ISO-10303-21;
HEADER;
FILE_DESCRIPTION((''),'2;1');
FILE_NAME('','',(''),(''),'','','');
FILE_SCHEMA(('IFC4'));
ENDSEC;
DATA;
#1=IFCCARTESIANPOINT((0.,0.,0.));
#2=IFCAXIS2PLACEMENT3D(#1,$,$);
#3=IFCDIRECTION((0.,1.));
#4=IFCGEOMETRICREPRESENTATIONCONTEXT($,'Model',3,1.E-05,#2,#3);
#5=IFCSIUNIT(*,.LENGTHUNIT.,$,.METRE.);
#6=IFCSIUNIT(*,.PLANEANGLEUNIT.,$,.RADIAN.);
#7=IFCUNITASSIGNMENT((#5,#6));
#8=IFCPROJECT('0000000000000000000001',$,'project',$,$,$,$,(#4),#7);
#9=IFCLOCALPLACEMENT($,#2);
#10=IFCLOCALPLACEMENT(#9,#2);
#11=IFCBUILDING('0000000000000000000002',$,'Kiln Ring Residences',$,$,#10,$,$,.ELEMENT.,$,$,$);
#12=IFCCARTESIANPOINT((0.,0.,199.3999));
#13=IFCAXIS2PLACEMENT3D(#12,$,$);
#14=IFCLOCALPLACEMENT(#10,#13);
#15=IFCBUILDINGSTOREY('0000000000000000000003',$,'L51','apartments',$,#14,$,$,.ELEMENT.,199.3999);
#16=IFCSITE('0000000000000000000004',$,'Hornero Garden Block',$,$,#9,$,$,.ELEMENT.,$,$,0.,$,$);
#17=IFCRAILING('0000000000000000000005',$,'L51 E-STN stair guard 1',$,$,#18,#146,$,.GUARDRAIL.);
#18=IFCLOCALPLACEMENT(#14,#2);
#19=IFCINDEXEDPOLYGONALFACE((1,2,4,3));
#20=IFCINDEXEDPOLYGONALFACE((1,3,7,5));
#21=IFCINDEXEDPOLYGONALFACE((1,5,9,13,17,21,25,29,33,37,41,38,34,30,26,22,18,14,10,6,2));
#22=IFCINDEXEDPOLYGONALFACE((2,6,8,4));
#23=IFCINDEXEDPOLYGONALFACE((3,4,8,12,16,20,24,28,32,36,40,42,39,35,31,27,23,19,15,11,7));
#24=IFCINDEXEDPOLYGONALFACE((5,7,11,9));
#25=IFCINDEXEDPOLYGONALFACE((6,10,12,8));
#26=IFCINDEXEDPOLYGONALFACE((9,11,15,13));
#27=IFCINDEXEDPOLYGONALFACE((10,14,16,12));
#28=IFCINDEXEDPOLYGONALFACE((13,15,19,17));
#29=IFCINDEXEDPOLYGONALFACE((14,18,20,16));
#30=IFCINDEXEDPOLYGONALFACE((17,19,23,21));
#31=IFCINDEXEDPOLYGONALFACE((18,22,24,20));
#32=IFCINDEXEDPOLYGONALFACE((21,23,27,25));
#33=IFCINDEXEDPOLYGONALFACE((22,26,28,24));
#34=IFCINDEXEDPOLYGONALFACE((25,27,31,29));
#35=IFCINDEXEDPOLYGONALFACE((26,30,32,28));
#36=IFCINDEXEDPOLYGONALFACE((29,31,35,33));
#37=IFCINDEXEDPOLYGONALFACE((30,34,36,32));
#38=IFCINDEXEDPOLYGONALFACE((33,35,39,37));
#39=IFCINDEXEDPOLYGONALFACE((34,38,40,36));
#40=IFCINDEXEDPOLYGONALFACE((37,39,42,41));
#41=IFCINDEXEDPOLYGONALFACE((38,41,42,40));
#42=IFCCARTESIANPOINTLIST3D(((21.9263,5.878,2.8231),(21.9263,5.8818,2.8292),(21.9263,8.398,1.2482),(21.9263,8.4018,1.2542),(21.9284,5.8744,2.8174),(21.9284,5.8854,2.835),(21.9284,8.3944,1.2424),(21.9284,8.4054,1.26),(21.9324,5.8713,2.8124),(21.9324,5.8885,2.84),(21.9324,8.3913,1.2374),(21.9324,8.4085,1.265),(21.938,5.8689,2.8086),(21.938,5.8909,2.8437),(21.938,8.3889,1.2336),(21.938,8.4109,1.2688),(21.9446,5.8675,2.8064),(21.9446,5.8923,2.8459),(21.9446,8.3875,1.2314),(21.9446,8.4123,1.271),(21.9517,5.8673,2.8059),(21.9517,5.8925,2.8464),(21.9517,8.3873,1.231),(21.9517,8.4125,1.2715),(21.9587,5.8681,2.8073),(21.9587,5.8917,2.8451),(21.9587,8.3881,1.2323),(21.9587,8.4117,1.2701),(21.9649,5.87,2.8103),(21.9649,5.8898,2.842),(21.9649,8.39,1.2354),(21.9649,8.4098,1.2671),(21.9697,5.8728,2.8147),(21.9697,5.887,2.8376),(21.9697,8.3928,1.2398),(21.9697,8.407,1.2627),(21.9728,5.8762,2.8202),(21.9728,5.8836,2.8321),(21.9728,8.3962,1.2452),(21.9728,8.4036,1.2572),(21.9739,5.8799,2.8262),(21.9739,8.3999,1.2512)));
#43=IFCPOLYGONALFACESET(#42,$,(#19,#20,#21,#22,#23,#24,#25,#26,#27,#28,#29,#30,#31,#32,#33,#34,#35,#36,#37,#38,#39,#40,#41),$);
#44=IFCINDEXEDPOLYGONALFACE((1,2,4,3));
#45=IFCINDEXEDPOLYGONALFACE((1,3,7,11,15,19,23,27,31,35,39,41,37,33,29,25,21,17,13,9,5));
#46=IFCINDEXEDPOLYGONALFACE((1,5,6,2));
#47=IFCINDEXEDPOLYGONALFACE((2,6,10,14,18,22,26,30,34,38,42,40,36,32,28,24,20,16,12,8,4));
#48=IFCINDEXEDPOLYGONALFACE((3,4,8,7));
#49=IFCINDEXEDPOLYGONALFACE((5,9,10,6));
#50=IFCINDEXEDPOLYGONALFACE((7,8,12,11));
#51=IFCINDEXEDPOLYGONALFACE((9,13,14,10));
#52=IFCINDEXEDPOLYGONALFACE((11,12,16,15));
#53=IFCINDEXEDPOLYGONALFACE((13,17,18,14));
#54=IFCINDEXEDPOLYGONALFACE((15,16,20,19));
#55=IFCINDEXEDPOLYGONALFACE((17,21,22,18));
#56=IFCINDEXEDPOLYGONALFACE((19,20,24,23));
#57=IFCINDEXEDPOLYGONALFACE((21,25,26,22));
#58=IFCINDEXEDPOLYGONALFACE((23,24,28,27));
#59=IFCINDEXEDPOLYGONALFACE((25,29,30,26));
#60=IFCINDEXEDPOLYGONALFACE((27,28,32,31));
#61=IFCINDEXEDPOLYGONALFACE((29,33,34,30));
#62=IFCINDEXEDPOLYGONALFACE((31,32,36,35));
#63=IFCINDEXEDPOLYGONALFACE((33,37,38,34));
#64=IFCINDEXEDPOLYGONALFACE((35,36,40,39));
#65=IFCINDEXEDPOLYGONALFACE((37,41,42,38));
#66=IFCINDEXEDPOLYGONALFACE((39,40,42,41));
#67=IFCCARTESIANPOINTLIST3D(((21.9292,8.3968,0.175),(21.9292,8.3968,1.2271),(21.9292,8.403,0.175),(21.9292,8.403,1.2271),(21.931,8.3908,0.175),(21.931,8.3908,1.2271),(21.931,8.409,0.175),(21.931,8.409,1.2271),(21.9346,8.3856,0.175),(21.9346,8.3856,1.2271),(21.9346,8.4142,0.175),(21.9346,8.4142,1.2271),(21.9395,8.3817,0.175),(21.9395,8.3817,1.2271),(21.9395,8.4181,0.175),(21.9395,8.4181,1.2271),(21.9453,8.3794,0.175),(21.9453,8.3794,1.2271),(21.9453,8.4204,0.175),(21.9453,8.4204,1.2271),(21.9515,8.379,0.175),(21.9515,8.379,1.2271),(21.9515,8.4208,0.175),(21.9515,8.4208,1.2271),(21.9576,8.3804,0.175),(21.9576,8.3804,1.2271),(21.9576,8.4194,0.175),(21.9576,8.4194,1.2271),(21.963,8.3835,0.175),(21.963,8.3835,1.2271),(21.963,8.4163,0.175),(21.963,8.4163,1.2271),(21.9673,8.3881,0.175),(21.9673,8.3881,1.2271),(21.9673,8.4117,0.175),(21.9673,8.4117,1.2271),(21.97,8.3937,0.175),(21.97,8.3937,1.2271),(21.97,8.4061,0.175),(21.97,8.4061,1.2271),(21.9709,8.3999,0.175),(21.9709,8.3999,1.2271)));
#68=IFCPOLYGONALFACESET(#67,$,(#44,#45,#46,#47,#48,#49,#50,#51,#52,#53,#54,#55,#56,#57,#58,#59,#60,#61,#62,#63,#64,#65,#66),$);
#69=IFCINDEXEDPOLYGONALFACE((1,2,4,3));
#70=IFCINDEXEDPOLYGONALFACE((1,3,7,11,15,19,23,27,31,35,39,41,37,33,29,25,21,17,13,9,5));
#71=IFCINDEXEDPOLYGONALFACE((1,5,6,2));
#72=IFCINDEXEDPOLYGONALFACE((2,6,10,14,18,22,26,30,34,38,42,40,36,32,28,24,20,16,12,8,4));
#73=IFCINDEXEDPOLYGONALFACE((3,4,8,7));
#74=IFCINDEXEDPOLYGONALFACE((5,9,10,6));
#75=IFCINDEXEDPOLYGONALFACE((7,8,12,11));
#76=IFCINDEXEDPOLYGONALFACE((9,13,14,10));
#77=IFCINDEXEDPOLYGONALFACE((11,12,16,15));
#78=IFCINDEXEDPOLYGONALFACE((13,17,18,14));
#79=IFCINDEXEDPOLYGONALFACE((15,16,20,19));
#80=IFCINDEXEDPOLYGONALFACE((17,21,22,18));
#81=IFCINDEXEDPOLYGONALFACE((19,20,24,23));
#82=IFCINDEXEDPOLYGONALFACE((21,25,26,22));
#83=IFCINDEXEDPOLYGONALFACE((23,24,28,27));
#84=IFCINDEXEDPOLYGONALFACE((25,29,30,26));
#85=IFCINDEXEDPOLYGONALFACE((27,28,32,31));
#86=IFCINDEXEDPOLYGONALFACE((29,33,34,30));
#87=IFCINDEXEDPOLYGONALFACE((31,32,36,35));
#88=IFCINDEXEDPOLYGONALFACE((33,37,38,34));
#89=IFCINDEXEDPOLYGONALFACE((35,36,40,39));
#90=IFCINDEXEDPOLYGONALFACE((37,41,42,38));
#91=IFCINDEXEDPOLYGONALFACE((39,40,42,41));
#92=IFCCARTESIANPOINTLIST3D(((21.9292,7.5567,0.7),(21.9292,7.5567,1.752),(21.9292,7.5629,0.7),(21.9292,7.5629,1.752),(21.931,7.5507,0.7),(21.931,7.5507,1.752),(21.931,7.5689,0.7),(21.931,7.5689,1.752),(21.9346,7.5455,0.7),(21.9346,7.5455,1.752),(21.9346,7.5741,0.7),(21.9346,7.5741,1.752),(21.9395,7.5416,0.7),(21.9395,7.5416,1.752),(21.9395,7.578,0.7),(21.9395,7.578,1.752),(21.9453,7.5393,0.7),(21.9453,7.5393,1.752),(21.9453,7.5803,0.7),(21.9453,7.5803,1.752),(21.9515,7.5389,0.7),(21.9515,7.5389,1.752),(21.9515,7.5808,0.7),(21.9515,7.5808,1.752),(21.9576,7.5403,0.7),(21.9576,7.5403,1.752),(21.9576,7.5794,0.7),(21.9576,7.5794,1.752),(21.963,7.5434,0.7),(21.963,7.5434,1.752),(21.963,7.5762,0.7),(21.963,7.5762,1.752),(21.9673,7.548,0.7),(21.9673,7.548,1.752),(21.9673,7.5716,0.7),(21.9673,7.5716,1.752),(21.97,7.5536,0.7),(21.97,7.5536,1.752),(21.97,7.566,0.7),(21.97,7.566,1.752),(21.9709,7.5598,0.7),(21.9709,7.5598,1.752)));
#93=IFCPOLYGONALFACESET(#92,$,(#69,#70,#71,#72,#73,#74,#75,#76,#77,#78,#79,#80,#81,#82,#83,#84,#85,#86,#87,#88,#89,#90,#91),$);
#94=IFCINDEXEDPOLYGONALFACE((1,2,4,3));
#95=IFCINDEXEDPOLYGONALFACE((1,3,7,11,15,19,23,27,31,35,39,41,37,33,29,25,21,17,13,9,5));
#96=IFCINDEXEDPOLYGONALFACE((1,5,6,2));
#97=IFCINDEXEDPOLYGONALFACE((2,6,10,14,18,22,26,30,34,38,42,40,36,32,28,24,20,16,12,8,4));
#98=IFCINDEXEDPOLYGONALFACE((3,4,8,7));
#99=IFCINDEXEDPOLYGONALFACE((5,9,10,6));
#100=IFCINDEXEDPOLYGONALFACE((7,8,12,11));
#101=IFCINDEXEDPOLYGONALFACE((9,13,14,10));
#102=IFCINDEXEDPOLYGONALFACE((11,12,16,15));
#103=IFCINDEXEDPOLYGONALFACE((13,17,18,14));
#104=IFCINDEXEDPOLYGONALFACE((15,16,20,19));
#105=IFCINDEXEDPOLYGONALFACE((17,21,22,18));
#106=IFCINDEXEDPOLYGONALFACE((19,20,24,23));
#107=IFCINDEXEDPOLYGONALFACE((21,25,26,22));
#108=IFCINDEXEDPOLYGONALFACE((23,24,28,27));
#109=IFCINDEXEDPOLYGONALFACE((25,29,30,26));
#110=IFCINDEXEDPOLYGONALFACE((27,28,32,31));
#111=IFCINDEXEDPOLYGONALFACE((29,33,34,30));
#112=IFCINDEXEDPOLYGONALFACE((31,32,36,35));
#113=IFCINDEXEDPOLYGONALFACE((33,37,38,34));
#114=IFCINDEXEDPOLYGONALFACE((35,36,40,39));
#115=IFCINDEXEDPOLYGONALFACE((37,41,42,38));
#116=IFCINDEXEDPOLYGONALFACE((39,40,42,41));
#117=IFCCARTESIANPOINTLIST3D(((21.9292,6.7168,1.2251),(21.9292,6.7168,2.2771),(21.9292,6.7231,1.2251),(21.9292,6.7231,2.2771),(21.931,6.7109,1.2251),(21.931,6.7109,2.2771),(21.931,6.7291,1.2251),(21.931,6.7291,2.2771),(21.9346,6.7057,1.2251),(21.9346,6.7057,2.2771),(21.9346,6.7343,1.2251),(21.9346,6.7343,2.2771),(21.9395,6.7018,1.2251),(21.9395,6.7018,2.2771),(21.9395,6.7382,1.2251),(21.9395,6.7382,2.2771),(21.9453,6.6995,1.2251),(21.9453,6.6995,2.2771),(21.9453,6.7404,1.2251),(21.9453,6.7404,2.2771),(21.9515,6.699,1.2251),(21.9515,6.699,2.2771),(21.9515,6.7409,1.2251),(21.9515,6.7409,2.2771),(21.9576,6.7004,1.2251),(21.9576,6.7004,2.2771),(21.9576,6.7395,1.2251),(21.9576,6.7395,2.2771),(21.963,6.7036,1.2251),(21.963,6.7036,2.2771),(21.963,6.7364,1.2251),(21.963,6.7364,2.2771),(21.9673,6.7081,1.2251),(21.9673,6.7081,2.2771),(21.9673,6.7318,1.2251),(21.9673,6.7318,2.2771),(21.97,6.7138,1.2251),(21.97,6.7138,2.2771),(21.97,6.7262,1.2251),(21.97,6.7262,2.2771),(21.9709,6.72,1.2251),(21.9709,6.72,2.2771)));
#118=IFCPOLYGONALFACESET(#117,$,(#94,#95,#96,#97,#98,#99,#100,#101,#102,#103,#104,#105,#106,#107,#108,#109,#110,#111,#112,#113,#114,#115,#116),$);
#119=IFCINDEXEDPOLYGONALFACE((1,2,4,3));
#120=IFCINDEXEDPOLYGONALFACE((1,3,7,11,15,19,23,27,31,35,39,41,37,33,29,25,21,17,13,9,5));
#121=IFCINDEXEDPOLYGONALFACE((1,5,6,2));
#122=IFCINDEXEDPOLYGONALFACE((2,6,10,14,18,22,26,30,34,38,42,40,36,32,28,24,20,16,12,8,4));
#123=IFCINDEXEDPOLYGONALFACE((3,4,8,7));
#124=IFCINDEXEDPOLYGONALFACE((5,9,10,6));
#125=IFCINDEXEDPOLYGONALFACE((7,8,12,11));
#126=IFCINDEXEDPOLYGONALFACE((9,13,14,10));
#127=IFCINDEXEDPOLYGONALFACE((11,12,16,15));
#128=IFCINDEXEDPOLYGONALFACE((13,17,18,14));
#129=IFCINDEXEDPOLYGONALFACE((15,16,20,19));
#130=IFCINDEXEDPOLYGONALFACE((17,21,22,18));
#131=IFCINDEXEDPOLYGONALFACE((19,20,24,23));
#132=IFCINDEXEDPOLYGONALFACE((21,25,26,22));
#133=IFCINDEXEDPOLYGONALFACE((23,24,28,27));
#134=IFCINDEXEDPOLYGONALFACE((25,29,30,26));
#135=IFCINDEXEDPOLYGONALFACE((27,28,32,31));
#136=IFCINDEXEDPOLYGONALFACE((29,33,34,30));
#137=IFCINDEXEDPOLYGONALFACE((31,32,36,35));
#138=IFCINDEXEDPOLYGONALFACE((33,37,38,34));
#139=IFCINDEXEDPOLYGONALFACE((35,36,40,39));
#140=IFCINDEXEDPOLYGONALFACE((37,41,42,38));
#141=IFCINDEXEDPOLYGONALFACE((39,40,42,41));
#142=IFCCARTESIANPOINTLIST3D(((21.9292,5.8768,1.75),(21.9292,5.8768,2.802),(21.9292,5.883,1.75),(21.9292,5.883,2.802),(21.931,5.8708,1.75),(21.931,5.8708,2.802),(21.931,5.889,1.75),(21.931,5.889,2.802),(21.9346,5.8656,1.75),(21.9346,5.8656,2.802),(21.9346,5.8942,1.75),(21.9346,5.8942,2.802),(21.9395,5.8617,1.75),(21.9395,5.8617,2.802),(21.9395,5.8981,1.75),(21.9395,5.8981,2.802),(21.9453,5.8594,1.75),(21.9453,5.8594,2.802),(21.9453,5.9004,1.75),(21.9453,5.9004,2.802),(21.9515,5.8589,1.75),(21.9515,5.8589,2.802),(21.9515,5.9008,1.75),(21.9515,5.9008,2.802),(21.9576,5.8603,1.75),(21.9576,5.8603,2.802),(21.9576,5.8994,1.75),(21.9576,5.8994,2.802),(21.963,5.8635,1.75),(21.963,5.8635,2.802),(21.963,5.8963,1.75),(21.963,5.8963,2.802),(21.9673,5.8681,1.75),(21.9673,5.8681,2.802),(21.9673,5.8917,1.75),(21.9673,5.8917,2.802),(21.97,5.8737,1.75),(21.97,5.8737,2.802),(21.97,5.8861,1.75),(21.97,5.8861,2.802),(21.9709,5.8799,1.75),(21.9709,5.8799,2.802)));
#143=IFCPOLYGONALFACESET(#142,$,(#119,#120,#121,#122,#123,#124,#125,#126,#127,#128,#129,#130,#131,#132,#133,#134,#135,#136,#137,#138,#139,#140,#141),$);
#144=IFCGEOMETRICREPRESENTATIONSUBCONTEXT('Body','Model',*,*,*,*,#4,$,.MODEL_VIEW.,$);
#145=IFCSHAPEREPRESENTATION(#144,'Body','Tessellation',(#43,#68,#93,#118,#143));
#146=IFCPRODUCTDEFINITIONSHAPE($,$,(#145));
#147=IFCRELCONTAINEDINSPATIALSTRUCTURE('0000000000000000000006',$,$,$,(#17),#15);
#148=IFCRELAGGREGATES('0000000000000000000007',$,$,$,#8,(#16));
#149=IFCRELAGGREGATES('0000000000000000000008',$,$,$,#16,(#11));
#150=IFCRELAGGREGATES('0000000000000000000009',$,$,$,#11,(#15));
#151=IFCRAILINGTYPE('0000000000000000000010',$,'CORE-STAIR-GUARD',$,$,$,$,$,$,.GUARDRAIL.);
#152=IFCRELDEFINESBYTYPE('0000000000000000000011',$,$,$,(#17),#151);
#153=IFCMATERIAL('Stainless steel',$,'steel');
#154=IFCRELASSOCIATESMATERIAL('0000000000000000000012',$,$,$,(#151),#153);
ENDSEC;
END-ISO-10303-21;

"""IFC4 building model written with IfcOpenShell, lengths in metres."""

from ifc_helpers import new_model, si_unit, direction, frame, origin, origin_2d, place, context, subcontext, project, spatial, circle, extrude, material, type_object, element, save


model = new_model("IFC4")

# Units and contexts
model_context = context("Model", 3, precision=1e-05, world=origin(), true_north=direction((0.0, 1.0)))
body_context = subcontext(model_context, "Body", "Model", "MODEL_VIEW")
ifc_project = project(units=[si_unit("LENGTHUNIT", "METRE"), si_unit("PLANEANGLEUNIT", "RADIAN")], contexts=[model_context])

# Site, building, storey
site_placement = place(None, origin())
site = spatial("IfcSite", under=ifc_project, at=site_placement, Name="Hornero Garden Block", CompositionType="ELEMENT", RefElevation=0.0)
building_placement = place(site_placement, origin())
building = spatial("IfcBuilding", under=site, at=building_placement, Name="Kiln Ring Residences", CompositionType="ELEMENT")
storey_placement = place(building_placement, frame((0.0, 0.0, 199.3999)))
storey = spatial("IfcBuildingStorey", under=building, at=storey_placement, Name="L51", Description="apartments", CompositionType="ELEMENT", Elevation=199.3999)

# Railing
ifc_material_1 = material(Name="Stainless steel", Category="steel")
railing_type_1 = type_object("IfcRailingType", Name="CORE-STAIR-GUARD", PredefinedType="GUARDRAIL", material=ifc_material_1)
railing_1_placement = place(storey_placement, frame((21.95, 8.3999, 0.175)))
element("IfcRailing", 1, at=railing_1_placement, inside=storey, type_object=railing_type_1, Name="L51 E-STN stair guard 1", PredefinedType="GUARDRAIL", context=body_context, shape_type="SweptSolid", body=[
    extrude(circle(Radius=0.0239, at=origin_2d()), frame((0.0, 0.0, 1.0762), z_axis=(0.0, -0.848008, 0.529984), x_axis=(1.0, 0.0, 0.0)), (0.0, 0.0, 1.0), 2.9717),
    extrude(circle(Radius=0.021, at=origin_2d()), origin(), (0.0, 0.0, 1.0), 1.052),
    extrude(circle(Radius=0.021, at=origin_2d()), frame((0.0, -0.8401, 0.5249)), (0.0, 0.0, 1.0), 1.052),
    extrude(circle(Radius=0.021, at=origin_2d()), frame((0.0, -1.6799, 1.05)), (0.0, 0.0, 1.0), 1.052),
    extrude(circle(Radius=0.021, at=origin_2d()), frame((0.0, -2.52, 1.575)), (0.0, 0.0, 1.0), 1.052),
])

save(model, "model.ifc")
